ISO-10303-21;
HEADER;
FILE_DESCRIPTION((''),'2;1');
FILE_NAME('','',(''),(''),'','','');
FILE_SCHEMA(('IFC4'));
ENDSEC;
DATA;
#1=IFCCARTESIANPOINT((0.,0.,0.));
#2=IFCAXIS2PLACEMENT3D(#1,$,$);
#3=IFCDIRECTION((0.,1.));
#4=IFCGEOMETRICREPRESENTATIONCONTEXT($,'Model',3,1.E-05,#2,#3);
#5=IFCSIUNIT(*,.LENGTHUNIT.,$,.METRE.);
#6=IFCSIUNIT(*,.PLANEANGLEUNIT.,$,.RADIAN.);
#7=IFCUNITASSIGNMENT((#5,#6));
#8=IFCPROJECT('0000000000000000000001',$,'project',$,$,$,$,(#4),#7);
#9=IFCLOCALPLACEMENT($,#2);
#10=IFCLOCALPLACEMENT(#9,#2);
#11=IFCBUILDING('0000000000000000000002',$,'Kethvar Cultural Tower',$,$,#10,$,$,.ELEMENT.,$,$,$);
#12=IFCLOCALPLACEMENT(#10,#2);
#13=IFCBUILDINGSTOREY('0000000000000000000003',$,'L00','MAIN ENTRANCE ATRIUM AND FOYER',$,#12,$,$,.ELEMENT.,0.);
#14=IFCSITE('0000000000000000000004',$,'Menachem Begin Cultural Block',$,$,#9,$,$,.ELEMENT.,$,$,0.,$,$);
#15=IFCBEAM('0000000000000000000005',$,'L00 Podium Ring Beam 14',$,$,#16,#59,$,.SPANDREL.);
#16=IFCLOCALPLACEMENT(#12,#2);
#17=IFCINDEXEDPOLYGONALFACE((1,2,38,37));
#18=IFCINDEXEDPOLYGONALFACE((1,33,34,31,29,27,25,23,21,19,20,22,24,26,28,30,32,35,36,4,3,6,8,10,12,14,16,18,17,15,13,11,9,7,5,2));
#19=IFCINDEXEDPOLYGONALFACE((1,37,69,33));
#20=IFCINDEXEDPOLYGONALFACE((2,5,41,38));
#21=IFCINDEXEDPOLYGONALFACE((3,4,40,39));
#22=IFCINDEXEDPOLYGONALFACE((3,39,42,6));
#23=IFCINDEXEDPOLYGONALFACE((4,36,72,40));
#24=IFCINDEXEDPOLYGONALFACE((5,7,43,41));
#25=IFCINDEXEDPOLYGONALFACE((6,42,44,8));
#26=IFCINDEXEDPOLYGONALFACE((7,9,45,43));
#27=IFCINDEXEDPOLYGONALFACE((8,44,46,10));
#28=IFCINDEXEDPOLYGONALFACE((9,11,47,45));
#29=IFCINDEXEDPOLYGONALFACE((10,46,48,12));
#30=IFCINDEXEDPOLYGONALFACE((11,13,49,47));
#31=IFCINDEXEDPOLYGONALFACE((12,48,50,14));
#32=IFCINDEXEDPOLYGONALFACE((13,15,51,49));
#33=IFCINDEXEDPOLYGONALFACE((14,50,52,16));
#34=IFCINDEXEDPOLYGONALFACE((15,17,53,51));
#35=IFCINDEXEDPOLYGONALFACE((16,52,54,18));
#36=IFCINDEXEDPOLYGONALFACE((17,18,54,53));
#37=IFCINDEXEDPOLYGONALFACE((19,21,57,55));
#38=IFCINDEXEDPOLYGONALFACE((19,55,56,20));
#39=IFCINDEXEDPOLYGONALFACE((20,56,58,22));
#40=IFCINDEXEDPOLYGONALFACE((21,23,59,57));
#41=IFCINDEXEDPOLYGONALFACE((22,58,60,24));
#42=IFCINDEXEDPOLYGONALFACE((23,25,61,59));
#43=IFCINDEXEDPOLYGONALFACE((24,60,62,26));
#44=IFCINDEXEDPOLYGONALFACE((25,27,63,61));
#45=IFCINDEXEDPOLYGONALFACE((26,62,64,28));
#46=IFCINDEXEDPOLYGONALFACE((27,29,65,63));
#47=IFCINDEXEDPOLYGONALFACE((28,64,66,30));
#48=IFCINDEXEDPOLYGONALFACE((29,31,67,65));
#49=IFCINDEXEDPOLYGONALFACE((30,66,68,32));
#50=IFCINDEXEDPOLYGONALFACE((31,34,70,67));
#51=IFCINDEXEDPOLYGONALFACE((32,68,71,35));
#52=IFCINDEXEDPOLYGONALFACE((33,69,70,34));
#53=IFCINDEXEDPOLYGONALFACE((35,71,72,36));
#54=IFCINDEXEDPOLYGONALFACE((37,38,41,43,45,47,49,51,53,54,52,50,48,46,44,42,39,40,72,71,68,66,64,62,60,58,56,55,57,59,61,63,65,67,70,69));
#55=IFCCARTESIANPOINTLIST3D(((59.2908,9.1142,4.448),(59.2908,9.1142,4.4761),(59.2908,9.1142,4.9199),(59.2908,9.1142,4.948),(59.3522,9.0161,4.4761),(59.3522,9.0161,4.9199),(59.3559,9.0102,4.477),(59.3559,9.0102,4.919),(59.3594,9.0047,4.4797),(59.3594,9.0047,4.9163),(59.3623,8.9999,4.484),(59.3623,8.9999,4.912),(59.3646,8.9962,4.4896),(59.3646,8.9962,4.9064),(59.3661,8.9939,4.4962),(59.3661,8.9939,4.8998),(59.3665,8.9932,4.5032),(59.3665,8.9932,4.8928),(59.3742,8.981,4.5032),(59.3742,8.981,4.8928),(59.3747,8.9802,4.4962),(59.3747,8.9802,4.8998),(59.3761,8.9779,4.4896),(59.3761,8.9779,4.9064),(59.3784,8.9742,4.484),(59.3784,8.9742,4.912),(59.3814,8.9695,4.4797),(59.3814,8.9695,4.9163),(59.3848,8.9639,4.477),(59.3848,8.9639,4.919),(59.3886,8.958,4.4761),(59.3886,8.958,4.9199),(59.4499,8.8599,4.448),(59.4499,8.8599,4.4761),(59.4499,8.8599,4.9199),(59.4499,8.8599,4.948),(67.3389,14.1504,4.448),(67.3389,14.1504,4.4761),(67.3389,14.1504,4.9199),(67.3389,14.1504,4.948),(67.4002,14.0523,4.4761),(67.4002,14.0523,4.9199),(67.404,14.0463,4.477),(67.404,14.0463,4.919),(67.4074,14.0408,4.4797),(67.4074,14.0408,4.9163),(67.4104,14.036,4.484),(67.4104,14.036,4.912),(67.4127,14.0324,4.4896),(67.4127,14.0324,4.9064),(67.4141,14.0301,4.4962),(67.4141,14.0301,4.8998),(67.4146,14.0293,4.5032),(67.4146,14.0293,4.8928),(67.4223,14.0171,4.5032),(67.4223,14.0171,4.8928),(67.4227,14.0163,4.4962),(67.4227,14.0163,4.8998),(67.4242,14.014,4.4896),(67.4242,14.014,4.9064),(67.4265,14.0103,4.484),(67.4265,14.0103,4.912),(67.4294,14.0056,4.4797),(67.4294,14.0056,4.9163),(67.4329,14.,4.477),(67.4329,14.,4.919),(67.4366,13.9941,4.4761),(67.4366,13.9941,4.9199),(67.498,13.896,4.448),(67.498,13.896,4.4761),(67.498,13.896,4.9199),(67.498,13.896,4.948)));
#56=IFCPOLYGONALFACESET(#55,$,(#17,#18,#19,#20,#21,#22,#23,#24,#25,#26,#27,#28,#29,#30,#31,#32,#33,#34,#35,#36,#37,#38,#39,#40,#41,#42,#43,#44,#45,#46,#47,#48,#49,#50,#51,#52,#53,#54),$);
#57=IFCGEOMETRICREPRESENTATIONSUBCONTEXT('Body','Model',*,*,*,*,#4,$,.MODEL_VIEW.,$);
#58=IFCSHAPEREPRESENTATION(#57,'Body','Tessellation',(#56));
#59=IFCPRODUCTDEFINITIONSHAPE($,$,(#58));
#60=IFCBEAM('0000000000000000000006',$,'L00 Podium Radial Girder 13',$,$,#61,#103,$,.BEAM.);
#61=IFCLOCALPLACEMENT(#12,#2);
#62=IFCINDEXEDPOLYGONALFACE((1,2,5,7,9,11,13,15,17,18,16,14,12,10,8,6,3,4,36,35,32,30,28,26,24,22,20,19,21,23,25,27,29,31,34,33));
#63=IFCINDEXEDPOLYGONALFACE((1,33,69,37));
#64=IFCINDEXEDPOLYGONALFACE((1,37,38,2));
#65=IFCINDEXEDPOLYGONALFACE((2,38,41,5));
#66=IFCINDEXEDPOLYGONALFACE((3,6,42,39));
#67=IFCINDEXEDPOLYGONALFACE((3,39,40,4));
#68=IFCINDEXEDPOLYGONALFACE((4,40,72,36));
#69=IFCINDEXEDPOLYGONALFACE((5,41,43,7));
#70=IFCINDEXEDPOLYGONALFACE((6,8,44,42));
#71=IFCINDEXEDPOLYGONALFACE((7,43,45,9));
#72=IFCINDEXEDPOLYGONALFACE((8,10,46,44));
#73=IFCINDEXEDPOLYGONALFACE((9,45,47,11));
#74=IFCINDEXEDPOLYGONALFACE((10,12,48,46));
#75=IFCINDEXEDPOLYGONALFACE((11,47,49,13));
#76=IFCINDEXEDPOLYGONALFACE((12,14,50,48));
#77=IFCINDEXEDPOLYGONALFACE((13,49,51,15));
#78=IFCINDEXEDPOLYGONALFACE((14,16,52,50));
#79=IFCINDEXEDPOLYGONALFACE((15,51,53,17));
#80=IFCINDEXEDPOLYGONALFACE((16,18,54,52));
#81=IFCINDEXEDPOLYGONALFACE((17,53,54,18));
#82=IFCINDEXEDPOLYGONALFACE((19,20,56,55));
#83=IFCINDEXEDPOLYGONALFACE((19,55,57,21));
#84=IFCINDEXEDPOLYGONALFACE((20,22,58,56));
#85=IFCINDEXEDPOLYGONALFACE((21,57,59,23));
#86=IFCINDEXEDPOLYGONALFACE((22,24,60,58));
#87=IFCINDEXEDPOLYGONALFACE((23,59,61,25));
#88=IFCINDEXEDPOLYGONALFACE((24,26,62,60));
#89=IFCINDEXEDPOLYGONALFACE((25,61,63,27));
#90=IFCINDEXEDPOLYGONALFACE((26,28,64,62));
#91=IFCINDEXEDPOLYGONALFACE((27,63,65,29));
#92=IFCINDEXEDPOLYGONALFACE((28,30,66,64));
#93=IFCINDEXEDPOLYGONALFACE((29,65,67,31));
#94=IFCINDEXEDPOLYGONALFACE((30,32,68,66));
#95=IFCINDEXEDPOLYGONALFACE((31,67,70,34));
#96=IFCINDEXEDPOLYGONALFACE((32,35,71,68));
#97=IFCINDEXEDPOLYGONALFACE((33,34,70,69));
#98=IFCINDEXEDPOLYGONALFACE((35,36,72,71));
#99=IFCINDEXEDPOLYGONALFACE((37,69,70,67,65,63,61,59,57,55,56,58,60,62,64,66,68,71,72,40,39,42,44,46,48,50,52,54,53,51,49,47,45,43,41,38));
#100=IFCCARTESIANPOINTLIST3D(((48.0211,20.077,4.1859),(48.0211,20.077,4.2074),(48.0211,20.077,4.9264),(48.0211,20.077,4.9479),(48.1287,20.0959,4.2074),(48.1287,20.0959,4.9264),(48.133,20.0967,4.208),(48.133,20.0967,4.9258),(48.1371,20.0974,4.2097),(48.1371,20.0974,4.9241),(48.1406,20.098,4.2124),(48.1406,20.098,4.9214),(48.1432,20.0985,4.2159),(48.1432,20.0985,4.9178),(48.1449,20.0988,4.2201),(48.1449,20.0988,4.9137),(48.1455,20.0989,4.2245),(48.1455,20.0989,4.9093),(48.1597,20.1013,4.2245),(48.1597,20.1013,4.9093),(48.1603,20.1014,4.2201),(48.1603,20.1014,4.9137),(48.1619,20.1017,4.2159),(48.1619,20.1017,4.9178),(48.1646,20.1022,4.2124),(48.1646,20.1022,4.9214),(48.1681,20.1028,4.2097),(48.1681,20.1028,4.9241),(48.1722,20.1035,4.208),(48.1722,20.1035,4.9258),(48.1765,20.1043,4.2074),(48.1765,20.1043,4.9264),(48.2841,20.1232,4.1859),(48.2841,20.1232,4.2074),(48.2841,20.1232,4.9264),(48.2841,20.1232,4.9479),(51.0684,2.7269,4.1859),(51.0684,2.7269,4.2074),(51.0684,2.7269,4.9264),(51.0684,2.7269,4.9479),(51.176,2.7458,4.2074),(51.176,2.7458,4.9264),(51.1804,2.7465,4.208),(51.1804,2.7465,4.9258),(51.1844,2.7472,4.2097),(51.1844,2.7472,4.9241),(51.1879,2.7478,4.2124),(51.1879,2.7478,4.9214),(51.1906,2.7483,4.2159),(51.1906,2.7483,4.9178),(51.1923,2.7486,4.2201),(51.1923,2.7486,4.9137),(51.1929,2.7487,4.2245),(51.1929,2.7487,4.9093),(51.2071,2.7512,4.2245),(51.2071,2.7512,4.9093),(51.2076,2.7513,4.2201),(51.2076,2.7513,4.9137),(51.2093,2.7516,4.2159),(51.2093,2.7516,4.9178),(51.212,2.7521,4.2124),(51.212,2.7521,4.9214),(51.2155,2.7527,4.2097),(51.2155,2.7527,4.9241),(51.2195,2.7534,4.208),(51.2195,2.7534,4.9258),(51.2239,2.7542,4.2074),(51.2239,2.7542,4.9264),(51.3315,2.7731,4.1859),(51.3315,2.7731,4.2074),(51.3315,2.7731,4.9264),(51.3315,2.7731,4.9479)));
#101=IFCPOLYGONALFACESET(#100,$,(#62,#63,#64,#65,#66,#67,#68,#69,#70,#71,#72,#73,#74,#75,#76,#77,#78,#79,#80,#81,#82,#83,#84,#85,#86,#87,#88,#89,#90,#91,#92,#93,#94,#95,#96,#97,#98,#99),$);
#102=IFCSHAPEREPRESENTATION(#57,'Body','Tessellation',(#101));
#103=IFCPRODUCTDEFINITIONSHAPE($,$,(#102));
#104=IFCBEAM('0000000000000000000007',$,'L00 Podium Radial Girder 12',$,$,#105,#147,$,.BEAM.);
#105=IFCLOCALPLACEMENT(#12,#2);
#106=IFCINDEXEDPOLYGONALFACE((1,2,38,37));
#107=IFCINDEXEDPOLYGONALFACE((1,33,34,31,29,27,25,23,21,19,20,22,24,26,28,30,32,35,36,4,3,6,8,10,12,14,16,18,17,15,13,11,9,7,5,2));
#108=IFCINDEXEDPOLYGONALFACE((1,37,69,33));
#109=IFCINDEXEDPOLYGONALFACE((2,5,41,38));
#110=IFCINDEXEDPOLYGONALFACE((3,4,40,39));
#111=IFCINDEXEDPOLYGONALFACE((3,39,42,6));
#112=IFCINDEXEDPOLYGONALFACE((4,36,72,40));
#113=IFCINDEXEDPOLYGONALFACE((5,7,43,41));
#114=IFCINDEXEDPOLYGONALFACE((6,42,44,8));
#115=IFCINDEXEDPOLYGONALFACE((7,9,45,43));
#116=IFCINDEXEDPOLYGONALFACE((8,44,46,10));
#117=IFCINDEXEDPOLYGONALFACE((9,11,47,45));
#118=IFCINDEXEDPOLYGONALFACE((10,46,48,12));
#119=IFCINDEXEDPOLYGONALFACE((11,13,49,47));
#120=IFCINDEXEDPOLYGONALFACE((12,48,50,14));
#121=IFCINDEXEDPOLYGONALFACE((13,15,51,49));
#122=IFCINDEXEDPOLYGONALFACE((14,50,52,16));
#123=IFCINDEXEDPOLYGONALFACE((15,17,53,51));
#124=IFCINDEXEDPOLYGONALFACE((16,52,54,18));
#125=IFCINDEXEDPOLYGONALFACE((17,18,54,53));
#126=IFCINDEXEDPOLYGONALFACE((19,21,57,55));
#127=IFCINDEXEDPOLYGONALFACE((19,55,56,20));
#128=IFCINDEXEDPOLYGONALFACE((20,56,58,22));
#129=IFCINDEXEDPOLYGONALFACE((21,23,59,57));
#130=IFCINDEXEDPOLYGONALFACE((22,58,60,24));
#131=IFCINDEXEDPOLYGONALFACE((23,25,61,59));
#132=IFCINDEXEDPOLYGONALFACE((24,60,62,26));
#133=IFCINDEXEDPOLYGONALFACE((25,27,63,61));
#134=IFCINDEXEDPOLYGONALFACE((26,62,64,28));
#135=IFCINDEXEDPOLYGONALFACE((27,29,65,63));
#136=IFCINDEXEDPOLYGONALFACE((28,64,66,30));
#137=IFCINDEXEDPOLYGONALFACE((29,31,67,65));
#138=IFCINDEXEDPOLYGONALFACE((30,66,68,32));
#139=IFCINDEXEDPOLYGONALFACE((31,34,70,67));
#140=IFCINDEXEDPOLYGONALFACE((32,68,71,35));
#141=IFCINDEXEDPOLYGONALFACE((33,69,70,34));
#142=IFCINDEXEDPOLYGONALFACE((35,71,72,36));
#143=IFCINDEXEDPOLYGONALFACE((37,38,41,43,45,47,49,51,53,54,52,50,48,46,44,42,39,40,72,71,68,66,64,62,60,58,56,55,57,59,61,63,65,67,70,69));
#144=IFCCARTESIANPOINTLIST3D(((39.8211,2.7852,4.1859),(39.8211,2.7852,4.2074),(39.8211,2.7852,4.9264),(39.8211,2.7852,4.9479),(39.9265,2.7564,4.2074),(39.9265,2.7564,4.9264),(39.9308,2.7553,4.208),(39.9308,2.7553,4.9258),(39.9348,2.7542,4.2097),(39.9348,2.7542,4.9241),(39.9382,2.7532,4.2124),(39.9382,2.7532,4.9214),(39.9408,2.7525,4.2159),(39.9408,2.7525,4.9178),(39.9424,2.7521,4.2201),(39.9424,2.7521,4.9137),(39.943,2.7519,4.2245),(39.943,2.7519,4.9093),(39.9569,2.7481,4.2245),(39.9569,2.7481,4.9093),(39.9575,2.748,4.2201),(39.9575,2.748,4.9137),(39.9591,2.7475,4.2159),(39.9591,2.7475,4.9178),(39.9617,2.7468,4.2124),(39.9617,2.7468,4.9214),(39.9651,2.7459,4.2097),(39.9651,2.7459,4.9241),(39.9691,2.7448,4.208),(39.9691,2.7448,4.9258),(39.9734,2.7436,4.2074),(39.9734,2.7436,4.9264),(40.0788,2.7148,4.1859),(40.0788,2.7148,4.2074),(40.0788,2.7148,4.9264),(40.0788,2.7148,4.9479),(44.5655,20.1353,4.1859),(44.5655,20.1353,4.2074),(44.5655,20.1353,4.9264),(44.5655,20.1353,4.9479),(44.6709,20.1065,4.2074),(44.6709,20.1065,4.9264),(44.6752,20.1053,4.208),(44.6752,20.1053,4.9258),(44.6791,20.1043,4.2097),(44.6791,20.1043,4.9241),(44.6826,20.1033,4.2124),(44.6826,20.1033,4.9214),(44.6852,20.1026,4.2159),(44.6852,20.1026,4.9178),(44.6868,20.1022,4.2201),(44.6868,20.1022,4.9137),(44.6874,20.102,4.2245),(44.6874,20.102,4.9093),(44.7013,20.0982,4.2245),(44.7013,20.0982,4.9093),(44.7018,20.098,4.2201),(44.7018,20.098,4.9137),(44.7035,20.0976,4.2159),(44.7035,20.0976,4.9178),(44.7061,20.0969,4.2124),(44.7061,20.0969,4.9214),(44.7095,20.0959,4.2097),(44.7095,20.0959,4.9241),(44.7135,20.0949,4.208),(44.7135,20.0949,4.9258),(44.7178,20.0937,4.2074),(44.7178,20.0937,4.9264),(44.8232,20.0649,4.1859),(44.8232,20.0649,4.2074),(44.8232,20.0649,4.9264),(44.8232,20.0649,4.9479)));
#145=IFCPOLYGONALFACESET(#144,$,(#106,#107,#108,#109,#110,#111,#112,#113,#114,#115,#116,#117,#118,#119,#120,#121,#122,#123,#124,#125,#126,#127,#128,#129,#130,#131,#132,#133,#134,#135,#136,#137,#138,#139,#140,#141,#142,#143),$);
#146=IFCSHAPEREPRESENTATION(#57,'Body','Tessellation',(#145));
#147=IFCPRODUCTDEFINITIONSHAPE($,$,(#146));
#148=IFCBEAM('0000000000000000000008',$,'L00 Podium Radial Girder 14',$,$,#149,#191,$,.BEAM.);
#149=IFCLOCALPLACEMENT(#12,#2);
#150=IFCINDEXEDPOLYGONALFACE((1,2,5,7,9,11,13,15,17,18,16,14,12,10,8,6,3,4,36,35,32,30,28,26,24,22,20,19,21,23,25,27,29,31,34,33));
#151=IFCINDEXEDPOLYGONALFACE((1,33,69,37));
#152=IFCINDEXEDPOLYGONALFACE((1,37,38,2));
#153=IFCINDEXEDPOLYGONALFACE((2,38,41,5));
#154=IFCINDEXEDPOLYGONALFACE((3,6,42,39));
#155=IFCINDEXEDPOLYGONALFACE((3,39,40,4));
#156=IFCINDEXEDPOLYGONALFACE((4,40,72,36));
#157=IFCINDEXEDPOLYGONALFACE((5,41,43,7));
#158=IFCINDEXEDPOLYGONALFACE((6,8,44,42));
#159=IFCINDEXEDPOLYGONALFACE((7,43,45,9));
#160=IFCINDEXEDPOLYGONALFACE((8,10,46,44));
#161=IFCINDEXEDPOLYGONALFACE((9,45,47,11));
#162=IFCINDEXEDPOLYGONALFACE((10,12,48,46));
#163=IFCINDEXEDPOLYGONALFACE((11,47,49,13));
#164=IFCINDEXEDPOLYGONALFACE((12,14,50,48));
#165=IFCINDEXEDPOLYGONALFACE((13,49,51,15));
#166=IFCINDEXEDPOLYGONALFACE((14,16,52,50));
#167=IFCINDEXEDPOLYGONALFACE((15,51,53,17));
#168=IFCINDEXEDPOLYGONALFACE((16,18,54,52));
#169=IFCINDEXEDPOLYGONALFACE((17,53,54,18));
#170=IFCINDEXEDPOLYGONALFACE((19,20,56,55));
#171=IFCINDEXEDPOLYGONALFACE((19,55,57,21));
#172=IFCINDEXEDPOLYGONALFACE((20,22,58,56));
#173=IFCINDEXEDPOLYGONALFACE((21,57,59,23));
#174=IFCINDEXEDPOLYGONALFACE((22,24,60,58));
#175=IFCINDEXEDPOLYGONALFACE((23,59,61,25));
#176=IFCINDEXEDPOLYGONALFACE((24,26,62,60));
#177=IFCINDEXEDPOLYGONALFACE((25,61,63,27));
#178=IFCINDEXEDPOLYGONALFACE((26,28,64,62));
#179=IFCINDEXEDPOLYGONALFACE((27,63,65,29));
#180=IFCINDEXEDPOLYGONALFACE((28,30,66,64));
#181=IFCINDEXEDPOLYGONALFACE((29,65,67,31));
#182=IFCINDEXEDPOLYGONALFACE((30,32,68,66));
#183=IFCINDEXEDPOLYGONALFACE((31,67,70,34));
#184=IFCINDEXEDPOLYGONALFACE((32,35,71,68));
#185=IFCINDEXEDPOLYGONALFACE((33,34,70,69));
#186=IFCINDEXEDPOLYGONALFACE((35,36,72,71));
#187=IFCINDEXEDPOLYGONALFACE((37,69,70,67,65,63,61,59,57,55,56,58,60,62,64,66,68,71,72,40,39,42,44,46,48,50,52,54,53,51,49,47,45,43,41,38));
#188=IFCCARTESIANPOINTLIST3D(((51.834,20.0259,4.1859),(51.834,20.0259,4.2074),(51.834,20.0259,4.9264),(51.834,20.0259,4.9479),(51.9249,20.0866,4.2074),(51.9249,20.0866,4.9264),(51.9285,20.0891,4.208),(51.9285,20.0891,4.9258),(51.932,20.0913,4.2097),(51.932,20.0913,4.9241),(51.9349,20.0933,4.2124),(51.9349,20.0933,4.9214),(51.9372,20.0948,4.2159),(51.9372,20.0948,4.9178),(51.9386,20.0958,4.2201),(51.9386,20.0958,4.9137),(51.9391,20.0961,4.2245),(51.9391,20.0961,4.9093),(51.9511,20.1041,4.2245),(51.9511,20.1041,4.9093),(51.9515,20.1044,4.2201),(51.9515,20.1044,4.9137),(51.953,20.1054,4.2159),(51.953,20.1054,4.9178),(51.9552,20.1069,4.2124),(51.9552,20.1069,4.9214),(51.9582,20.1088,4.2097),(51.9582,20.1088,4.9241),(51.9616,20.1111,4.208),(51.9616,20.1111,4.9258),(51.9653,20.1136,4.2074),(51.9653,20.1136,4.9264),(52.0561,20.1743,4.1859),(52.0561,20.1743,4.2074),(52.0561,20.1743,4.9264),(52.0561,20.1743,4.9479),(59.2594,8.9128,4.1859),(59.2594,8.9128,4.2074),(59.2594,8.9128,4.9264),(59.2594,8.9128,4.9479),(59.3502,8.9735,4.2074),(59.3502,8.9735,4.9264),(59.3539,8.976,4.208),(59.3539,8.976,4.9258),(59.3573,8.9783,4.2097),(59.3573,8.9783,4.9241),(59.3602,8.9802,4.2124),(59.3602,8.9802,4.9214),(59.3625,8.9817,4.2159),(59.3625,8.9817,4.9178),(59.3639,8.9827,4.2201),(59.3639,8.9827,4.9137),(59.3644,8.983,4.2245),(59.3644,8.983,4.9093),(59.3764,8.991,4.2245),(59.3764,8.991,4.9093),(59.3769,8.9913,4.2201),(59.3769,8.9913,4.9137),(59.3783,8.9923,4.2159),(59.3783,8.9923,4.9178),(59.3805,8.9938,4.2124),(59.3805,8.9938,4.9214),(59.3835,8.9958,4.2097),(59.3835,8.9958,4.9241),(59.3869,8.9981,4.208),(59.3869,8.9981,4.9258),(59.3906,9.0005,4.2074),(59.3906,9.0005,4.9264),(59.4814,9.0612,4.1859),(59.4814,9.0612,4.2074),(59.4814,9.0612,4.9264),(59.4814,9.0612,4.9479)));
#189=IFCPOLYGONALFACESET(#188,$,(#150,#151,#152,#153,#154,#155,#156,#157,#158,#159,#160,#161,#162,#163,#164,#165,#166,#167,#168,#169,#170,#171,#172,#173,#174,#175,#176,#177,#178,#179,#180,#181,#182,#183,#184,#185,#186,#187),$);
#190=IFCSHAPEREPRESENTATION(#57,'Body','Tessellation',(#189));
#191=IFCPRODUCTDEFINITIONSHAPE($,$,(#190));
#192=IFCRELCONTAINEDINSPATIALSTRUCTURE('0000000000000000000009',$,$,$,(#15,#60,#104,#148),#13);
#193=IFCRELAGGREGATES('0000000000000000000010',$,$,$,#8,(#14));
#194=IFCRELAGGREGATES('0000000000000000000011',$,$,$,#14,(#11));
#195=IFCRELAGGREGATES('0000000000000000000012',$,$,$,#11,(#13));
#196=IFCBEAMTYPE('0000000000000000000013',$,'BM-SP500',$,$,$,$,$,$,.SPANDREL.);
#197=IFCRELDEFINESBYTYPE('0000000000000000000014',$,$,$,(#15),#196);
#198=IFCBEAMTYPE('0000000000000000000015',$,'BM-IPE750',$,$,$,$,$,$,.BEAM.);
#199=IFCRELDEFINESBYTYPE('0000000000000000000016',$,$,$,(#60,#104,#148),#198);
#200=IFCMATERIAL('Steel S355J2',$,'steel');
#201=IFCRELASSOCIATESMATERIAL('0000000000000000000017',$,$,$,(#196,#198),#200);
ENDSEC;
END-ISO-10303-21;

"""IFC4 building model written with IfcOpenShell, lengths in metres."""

from ifc_helpers import new_model, si_unit, direction, frame, origin, origin_2d, place, context, subcontext, project, spatial, i_section, extrude, source, transform, mapped, material, material_profile, profile_set, type_object, element, save


model = new_model("IFC4")

# Units and contexts
model_context = context("Model", 3, precision=1e-05, world=origin(), true_north=direction((0.0, 1.0)))
body_context = subcontext(model_context, "Body", "Model", "MODEL_VIEW")
ifc_project = project(units=[si_unit("LENGTHUNIT", "METRE"), si_unit("PLANEANGLEUNIT", "RADIAN")], contexts=[model_context])

# Site, building, storey
site_placement = place(None, origin())
site = spatial("IfcSite", under=ifc_project, at=site_placement, Name="Menachem Begin Cultural Block", CompositionType="ELEMENT", RefElevation=0.0)
building_placement = place(site_placement, origin())
building = spatial("IfcBuilding", under=site, at=building_placement, Name="Kethvar Cultural Tower", CompositionType="ELEMENT")
storey_placement = place(building_placement, origin())
storey = spatial("IfcBuildingStorey", under=building, at=storey_placement, Name="L00", Description="MAIN ENTRANCE ATRIUM AND FOYER", CompositionType="ELEMENT", Elevation=0.0)

# Beams
ifc_material_1 = material(Name="Steel S355J2", Category="steel")
ifc_material_profile_1 = material_profile(ifc_material_1, i_section(OverallWidth=0.3, OverallDepth=0.5, WebThickness=0.0144, FlangeThickness=0.0281, FilletRadius=0.0271, at=origin_2d()), Name="Steel S355J2 — HEB500")
ifc_profile_set_1 = profile_set([ifc_material_profile_1], Name="Steel S355J2 — HEB500")
beam_type_1 = type_object("IfcBeamType", Name="BM-SP500", PredefinedType="SPANDREL", material=ifc_profile_set_1)
shared_shape_1 = source(origin(), body_context, "Body", "SweptSolid", [
    extrude(i_section(OverallWidth=0.3, OverallDepth=0.5, WebThickness=0.0144, FlangeThickness=0.0281, FilletRadius=0.0271, at=origin_2d()), origin(), (0.0, 0.0, 1.0), 9.4939),
])
beam_1_placement = place(storey_placement, frame((59.3704, 8.9871, 4.698), z_axis=(0.847711, 0.530459, 0.0), x_axis=(-0.530459, 0.847711, 0.0)))
element("IfcBeam", 1, at=beam_1_placement, inside=storey, type_object=beam_type_1, Name="L00 Podium Ring Beam 14", PredefinedType="SPANDREL", context=body_context, shape_type="MappedRepresentation", body=[
    mapped(shared_shape_1, transform((0.0, 0.0, 0.0), scale=1.0)),
])
ifc_material_profile_2 = material_profile(ifc_material_1, i_section(OverallWidth=0.2671, OverallDepth=0.762, WebThickness=0.0144, FlangeThickness=0.0215, FilletRadius=0.0171, at=origin_2d()), Name="Steel S355J2 — IPE750x173")
ifc_profile_set_2 = profile_set([ifc_material_profile_2], Name="Steel S355J2 — IPE750x173")
beam_type_2 = type_object("IfcBeamType", Name="BM-IPE750", PredefinedType="BEAM", material=ifc_profile_set_2)
shared_shape_2 = source(origin(), body_context, "Body", "SweptSolid", [
    extrude(i_section(OverallWidth=0.2671, OverallDepth=0.762, WebThickness=0.0144, FlangeThickness=0.0215, FilletRadius=0.0171, at=origin_2d()), origin(), (0.0, 0.0, 1.0), 17.6157),
])
beam_2_placement = place(storey_placement, frame((48.1526, 20.1001, 4.5669), z_axis=(0.172991, -0.984923, 0.0), x_axis=(0.984923, 0.172991, 0.0)))
element("IfcBeam", 2, at=beam_2_placement, inside=storey, type_object=beam_type_2, Name="L00 Podium Radial Girder 13", PredefinedType="BEAM", context=body_context, shape_type="MappedRepresentation", body=[
    mapped(shared_shape_2, transform((0.0, 0.0, 0.0), scale=1.0)),
])
shared_shape_3 = source(origin(), body_context, "Body", "SweptSolid", [
    extrude(i_section(OverallWidth=0.2671, OverallDepth=0.762, WebThickness=0.0144, FlangeThickness=0.0215, FilletRadius=0.0171, at=origin_2d()), origin(), (0.0, 0.0, 1.0), 17.9871),
])
beam_3_placement = place(storey_placement, frame((44.6943, 20.1001, 4.5669), z_axis=(-0.263766, -0.964587, 0.0), x_axis=(0.964587, -0.263766, 0.0)))
element("IfcBeam", 3, at=beam_3_placement, inside=storey, type_object=beam_type_2, Name="L00 Podium Radial Girder 12", PredefinedType="BEAM", context=body_context, shape_type="MappedRepresentation", body=[
    mapped(shared_shape_3, transform((0.0, 0.0, 0.0), scale=1.0)),
])
shared_shape_4 = source(origin(), body_context, "Body", "SweptSolid", [
    extrude(i_section(OverallWidth=0.2671, OverallDepth=0.762, WebThickness=0.0144, FlangeThickness=0.0215, FilletRadius=0.0171, at=origin_2d()), origin(), (0.0, 0.0, 1.0), 13.3655),
])
beam_4_placement = place(storey_placement, frame((51.9451, 20.1001, 4.5669), z_axis=(0.55556, -0.831477, 0.0), x_axis=(0.831477, 0.55556, 0.0)))
element("IfcBeam", 4, at=beam_4_placement, inside=storey, type_object=beam_type_2, Name="L00 Podium Radial Girder 14", PredefinedType="BEAM", context=body_context, shape_type="MappedRepresentation", body=[
    mapped(shared_shape_4, transform((0.0, 0.0, 0.0), scale=1.0)),
])

save(model, "model.ifc")
